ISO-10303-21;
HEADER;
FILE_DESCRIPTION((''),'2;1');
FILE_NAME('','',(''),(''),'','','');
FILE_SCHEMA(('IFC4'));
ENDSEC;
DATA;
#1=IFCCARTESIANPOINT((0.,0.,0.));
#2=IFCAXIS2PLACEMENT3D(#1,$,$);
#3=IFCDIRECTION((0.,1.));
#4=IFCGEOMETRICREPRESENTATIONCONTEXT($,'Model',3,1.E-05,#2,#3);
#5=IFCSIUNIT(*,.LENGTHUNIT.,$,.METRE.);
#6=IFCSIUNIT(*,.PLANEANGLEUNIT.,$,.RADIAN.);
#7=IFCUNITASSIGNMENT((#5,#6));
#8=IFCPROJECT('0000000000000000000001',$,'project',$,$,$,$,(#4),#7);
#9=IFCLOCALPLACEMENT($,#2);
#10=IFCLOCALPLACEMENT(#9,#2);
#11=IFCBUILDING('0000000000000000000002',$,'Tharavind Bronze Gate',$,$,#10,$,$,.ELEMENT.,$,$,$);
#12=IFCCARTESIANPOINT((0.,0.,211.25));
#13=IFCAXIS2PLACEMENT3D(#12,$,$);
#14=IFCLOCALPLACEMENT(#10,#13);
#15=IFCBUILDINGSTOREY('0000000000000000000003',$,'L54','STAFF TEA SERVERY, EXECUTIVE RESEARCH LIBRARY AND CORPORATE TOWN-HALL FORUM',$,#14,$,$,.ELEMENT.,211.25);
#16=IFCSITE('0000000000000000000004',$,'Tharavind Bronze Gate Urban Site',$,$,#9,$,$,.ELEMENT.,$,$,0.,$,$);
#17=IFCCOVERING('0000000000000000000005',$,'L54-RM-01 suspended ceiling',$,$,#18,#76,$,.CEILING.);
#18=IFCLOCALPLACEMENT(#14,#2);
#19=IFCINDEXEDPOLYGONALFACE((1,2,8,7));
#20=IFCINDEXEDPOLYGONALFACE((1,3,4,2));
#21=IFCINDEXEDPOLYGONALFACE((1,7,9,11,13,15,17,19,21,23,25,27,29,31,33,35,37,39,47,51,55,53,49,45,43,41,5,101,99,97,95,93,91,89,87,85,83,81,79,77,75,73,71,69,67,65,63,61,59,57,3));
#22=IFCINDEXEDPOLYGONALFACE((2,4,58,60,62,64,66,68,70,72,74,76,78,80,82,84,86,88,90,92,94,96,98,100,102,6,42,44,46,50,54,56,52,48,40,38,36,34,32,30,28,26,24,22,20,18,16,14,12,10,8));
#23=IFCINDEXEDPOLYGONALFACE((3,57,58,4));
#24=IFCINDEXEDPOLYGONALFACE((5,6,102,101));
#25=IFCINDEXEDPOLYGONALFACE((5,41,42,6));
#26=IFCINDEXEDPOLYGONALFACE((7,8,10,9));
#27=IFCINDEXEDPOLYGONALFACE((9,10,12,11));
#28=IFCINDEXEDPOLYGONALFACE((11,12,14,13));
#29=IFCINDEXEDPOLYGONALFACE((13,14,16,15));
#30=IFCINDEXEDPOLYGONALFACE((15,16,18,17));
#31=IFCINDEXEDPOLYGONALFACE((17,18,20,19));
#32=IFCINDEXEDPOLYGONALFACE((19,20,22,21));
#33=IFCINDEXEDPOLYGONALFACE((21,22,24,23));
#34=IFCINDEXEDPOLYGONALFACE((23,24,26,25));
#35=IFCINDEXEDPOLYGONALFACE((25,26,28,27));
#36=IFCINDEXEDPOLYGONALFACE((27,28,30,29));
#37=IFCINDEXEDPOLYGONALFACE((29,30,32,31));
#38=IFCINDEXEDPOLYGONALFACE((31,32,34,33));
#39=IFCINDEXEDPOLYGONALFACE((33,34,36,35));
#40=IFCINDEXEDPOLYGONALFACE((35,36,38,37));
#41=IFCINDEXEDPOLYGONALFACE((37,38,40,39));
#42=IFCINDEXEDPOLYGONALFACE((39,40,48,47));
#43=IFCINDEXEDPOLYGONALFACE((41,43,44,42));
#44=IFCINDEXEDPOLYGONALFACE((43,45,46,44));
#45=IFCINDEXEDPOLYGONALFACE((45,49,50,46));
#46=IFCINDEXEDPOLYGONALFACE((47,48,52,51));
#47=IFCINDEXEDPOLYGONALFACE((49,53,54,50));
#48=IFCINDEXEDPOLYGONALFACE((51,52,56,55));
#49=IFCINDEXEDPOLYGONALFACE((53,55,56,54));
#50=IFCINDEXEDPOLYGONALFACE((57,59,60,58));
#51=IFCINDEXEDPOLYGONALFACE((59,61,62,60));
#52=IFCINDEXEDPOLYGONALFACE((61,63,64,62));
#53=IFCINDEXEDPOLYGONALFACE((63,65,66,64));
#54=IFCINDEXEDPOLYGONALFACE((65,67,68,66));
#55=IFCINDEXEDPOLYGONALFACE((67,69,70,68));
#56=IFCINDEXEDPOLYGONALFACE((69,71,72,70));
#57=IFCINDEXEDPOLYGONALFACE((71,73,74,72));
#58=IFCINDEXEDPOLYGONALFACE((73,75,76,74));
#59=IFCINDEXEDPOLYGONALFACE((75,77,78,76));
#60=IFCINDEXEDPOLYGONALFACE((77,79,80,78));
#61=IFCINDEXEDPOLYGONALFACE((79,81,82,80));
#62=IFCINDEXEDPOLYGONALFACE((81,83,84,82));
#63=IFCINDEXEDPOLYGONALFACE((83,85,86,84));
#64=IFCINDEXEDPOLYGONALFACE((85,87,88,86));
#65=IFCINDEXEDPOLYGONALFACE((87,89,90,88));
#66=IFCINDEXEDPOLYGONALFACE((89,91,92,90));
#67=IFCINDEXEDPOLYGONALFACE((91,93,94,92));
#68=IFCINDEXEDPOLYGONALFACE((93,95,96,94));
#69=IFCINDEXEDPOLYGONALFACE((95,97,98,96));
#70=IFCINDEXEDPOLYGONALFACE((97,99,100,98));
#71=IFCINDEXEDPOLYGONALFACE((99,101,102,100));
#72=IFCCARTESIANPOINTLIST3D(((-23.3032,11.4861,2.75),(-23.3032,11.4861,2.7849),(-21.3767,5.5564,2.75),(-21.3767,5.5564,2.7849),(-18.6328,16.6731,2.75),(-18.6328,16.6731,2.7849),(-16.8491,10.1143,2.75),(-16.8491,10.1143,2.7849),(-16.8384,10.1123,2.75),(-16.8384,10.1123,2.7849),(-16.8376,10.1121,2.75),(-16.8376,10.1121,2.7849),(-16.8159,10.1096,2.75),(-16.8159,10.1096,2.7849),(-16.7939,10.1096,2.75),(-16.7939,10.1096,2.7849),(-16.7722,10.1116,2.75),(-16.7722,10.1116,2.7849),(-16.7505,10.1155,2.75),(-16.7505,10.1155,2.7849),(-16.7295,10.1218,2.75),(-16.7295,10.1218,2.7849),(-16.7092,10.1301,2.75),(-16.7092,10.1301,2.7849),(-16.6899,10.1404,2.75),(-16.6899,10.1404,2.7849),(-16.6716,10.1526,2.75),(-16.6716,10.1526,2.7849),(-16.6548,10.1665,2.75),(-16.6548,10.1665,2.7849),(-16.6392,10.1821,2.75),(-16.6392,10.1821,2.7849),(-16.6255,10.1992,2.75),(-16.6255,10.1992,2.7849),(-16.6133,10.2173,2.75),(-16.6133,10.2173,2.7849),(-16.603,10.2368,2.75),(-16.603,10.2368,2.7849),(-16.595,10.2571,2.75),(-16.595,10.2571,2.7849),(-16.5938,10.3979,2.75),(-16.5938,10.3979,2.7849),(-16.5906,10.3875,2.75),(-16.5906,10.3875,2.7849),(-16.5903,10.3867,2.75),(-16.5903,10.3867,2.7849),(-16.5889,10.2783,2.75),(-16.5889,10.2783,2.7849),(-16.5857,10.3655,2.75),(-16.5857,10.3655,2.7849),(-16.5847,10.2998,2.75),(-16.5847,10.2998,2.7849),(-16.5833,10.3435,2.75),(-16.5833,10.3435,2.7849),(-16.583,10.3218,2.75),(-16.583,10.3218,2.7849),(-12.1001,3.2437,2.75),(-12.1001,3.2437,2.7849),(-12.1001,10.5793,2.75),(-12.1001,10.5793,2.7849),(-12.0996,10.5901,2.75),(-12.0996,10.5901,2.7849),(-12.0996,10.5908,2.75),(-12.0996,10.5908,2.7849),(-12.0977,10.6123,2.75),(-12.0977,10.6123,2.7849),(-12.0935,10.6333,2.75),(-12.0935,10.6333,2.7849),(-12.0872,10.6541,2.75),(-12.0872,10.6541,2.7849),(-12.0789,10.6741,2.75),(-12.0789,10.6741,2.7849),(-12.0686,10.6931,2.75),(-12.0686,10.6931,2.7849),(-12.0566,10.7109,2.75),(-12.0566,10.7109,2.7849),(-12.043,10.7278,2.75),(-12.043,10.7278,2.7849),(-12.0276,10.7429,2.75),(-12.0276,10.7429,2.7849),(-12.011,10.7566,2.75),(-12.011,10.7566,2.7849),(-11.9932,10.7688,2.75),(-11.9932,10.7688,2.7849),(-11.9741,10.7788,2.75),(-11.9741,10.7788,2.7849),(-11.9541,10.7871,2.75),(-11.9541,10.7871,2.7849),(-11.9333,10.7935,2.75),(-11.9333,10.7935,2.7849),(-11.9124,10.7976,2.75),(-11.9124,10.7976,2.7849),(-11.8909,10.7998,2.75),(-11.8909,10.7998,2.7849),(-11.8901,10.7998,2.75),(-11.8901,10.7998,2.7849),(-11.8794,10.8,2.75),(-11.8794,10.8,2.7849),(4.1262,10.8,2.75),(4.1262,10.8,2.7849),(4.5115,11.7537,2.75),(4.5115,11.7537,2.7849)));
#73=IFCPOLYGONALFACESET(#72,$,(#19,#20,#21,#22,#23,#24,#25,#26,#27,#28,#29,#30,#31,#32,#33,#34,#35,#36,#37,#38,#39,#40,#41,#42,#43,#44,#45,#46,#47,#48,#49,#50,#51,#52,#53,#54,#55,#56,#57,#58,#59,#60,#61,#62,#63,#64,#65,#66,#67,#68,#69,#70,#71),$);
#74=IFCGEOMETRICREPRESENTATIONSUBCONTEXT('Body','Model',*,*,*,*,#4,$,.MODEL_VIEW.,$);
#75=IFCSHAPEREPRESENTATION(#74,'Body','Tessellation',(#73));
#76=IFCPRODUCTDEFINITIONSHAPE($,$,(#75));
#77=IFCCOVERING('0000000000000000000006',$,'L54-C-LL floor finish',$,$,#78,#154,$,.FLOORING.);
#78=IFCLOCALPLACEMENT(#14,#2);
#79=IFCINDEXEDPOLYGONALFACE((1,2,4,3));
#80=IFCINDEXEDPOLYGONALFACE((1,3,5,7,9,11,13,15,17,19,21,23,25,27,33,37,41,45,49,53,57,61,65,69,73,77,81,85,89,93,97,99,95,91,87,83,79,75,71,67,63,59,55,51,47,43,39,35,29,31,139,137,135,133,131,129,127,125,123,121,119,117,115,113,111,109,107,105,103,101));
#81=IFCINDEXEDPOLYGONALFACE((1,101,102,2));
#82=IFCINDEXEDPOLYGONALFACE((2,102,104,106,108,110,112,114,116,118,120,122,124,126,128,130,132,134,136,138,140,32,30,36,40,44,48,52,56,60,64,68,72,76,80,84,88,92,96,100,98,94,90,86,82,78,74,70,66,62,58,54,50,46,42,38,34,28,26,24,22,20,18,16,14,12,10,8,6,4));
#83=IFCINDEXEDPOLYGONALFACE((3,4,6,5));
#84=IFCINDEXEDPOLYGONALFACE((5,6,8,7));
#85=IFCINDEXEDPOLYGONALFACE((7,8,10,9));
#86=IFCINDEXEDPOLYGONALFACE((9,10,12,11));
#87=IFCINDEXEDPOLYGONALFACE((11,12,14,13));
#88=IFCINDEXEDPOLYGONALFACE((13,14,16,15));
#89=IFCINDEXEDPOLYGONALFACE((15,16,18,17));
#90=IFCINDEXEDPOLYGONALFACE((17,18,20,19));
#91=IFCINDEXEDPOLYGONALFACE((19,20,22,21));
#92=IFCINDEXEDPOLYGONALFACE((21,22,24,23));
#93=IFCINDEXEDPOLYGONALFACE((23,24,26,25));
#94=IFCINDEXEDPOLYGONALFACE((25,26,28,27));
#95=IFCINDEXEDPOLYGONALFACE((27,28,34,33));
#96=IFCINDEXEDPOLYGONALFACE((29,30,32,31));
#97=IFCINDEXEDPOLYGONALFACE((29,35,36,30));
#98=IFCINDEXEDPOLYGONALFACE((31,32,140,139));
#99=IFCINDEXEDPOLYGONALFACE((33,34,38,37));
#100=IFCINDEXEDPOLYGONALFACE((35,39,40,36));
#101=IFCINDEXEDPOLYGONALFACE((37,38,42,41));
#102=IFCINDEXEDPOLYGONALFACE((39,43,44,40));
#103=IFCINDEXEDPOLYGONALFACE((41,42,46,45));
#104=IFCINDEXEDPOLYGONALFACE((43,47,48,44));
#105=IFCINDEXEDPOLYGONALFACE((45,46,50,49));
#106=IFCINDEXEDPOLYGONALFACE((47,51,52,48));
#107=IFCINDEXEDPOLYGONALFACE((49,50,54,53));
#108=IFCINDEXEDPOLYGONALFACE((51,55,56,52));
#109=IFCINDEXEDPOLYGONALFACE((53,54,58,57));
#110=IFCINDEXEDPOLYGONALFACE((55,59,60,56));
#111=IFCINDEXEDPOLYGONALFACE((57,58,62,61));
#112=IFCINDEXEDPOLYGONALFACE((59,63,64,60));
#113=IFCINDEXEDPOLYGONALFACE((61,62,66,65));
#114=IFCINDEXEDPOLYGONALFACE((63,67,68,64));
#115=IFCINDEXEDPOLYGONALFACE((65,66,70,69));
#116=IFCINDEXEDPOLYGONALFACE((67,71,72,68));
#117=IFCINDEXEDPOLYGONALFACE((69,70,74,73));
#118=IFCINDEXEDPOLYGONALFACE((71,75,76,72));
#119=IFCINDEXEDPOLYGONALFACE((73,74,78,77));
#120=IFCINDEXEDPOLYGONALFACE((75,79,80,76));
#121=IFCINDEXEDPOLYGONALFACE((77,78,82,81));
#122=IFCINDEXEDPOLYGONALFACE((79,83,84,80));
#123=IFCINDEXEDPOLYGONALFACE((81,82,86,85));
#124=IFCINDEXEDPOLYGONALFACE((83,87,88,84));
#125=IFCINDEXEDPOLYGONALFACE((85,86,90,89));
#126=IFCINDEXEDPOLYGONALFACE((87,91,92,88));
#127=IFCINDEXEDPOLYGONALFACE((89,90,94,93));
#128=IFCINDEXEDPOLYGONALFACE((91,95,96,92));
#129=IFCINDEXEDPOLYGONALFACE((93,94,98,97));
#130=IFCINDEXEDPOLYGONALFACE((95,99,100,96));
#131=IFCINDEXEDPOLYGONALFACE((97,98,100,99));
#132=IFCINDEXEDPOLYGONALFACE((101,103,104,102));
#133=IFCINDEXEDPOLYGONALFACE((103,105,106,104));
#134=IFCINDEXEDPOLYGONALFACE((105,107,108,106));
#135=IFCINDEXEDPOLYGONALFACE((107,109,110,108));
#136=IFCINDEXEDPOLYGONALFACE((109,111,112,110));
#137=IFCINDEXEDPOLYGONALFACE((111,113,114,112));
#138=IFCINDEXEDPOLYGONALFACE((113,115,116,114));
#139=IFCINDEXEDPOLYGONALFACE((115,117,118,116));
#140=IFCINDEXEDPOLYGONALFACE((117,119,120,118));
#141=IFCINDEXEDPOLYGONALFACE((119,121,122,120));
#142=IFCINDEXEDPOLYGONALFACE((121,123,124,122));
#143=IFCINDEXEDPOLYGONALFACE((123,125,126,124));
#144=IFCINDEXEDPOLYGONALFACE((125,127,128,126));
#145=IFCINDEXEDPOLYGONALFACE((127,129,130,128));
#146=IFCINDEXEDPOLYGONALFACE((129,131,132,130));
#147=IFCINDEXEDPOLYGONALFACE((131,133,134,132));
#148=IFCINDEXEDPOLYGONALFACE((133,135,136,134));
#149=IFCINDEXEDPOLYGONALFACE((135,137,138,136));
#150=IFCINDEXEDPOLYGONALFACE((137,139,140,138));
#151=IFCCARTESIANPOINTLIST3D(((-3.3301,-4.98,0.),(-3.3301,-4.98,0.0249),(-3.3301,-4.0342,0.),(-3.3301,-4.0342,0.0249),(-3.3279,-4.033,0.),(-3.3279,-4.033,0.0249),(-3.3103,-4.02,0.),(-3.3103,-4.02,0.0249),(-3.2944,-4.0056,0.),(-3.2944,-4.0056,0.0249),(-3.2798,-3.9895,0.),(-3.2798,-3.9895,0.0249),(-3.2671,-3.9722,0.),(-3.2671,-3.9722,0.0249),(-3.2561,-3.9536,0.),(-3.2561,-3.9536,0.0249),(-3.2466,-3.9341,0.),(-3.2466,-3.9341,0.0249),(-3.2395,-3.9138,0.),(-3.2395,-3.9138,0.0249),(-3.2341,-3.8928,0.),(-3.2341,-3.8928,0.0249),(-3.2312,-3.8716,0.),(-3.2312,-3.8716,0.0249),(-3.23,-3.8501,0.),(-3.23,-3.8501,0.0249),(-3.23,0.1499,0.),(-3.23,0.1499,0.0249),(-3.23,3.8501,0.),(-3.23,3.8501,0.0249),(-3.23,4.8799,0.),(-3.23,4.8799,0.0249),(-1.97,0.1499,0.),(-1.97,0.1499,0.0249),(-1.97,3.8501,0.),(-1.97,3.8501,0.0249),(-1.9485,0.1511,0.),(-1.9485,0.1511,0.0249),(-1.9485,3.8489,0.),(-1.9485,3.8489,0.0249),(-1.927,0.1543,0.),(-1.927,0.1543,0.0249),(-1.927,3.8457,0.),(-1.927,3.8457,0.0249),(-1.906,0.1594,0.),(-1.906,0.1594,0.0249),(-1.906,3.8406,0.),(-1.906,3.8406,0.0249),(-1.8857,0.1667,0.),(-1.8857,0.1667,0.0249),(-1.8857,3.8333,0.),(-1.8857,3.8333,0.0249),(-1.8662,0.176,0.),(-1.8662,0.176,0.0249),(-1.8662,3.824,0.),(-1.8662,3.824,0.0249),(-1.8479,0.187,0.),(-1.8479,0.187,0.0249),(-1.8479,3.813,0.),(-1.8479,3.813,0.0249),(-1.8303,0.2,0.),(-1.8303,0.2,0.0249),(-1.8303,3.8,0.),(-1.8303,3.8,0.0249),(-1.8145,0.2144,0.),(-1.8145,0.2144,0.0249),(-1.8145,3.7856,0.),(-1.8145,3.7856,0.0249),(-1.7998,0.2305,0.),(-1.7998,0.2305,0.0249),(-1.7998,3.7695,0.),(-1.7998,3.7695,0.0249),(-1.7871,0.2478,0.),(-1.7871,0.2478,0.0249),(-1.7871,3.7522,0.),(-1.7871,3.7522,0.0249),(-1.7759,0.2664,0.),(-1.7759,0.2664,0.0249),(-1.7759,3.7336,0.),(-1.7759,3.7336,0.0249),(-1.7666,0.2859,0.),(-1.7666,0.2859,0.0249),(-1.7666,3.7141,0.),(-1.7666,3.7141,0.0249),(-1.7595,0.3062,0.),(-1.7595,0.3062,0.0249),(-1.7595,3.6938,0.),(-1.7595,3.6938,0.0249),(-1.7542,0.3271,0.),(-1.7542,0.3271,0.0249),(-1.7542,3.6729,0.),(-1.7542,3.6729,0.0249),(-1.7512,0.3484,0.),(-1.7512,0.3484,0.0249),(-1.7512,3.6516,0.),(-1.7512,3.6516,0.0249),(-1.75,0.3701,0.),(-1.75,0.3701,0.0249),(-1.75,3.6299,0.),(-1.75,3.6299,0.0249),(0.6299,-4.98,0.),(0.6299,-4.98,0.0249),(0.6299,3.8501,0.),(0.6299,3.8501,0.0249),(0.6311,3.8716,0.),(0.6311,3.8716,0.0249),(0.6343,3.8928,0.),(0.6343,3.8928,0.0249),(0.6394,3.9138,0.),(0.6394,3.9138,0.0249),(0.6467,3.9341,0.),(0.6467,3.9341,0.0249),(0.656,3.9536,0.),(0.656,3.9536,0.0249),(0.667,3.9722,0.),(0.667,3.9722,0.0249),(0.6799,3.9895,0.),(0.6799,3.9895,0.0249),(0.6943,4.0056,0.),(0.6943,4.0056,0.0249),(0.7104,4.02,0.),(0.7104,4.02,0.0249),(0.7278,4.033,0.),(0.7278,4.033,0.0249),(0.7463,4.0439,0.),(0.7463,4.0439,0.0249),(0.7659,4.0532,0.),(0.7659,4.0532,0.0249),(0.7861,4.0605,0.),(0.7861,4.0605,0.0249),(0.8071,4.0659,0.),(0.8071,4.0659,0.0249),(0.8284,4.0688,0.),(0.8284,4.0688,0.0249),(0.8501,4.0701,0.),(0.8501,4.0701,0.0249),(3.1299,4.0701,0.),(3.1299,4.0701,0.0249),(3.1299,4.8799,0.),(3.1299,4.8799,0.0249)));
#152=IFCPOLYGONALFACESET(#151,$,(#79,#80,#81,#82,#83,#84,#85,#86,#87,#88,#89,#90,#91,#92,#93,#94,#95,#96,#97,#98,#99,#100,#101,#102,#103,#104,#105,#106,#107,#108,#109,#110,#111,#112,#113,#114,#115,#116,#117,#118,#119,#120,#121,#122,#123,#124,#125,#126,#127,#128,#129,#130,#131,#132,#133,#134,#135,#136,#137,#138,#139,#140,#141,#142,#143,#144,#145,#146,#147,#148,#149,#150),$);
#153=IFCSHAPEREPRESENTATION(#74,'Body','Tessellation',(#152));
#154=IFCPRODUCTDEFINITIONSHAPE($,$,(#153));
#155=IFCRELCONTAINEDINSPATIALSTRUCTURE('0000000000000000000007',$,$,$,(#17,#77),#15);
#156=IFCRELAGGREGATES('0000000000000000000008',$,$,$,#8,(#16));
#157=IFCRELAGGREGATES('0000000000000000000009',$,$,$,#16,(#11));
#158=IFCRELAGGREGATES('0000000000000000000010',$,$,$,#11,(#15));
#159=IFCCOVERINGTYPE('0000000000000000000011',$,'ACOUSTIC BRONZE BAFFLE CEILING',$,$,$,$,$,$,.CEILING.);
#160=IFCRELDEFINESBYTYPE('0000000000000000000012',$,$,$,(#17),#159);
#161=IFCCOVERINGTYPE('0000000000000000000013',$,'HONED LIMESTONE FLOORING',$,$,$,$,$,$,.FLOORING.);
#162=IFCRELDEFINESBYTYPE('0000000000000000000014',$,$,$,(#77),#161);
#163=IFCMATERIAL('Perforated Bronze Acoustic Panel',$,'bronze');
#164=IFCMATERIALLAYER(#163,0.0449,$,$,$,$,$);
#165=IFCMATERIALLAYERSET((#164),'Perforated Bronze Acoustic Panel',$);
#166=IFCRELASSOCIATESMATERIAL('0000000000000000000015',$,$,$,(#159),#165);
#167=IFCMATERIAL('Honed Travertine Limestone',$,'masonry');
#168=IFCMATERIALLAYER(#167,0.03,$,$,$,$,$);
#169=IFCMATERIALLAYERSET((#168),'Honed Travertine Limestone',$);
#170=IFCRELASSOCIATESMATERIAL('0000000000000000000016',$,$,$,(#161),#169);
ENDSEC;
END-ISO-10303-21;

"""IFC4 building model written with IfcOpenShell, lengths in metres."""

from ifc_helpers import new_model, si_unit, direction, frame, origin, place, context, subcontext, project, spatial, polyline, outline, extrude, material, layer, layer_set, type_object, element, save


model = new_model("IFC4")

# Units and contexts
model_context = context("Model", 3, precision=1e-05, world=origin(), true_north=direction((0.0, 1.0)))
body_context = subcontext(model_context, "Body", "Model", "MODEL_VIEW")
ifc_project = project(units=[si_unit("LENGTHUNIT", "METRE"), si_unit("PLANEANGLEUNIT", "RADIAN")], contexts=[model_context])

# Site, building, storey
site_placement = place(None, origin())
site = spatial("IfcSite", under=ifc_project, at=site_placement, Name="Tharavind Bronze Gate Urban Site", CompositionType="ELEMENT", RefElevation=0.0)
building_placement = place(site_placement, origin())
building = spatial("IfcBuilding", under=site, at=building_placement, Name="Tharavind Bronze Gate", CompositionType="ELEMENT")
storey_placement = place(building_placement, frame((0.0, 0.0, 211.25)))
storey = spatial("IfcBuildingStorey", under=building, at=storey_placement, Name="L54", Description="STAFF TEA SERVERY, EXECUTIVE RESEARCH LIBRARY AND CORPORATE TOWN-HALL FORUM", CompositionType="ELEMENT", Elevation=211.25)

# Coverings
ifc_material_1 = material(Name="Perforated Bronze Acoustic Panel", Category="bronze")
ifc_layer_1 = layer(ifc_material_1, 0.0449)
ifc_layer_set_1 = layer_set([ifc_layer_1], Name="Perforated Bronze Acoustic Panel")
covering_type_1 = type_object("IfcCoveringType", Name="ACOUSTIC BRONZE BAFFLE CEILING", PredefinedType="CEILING", material=ifc_layer_set_1)
covering_1_placement = place(storey_placement, frame((0.0, 0.0, 2.75)))
element("IfcCovering", 1, at=covering_1_placement, inside=storey, type_object=covering_type_1, Name="L54-RM-01 suspended ceiling", PredefinedType="CEILING", context=body_context, shape_type="SweptSolid", body=[
    extrude(outline(polyline([(-21.3767, 5.5564), (-12.1001, 3.2437), (-12.1001, 10.5793), (-12.0996, 10.5901), (-12.0996, 10.5908), (-12.0977, 10.6123), (-12.0935, 10.6333), (-12.0872, 10.6541), (-12.0789, 10.6741), (-12.0686, 10.6931), (-12.0566, 10.7109), (-12.043, 10.7278), (-12.0276, 10.7429), (-12.011, 10.7566), (-11.9932, 10.7688), (-11.9741, 10.7788), (-11.9541, 10.7871), (-11.9333, 10.7935), (-11.9124, 10.7976), (-11.8909, 10.7998), (-11.8901, 10.7998), (-11.8794, 10.8), (4.1262, 10.8), (4.5115, 11.7537), (-18.6328, 16.6731), (-16.5938, 10.3979), (-16.5906, 10.3875), (-16.5903, 10.3867), (-16.5857, 10.3655), (-16.5833, 10.3435), (-16.583, 10.3218), (-16.5847, 10.2998), (-16.5889, 10.2783), (-16.595, 10.2571), (-16.603, 10.2368), (-16.6133, 10.2173), (-16.6255, 10.1992), (-16.6392, 10.1821), (-16.6548, 10.1665), (-16.6716, 10.1526), (-16.6899, 10.1404), (-16.7092, 10.1301), (-16.7295, 10.1218), (-16.7505, 10.1155), (-16.7722, 10.1116), (-16.7939, 10.1096), (-16.8159, 10.1096), (-16.8376, 10.1121), (-16.8384, 10.1123), (-16.8491, 10.1143), (-23.3032, 11.4861), (-21.3767, 5.5564)])), origin(), (0.0, 0.0, 1.0), 0.0349),
])
ifc_material_2 = material(Name="Honed Travertine Limestone", Category="masonry")
ifc_layer_2 = layer(ifc_material_2, 0.03)
ifc_layer_set_2 = layer_set([ifc_layer_2], Name="Honed Travertine Limestone")
covering_type_2 = type_object("IfcCoveringType", Name="HONED LIMESTONE FLOORING", PredefinedType="FLOORING", material=ifc_layer_set_2)
covering_2_placement = place(storey_placement, origin())
element("IfcCovering", 2, at=covering_2_placement, inside=storey, type_object=covering_type_2, Name="L54-C-LL floor finish", PredefinedType="FLOORING", context=body_context, shape_type="SweptSolid", body=[
    extrude(outline(polyline([(-3.3301, -4.98), (0.6299, -4.98), (0.6299, 3.8501), (0.6311, 3.8716), (0.6343, 3.8928), (0.6394, 3.9138), (0.6467, 3.9341), (0.656, 3.9536), (0.667, 3.9722), (0.6799, 3.9895), (0.6943, 4.0056), (0.7104, 4.02), (0.7278, 4.033), (0.7463, 4.0439), (0.7659, 4.0532), (0.7861, 4.0605), (0.8071, 4.0659), (0.8284, 4.0688), (0.8501, 4.0701), (3.1299, 4.0701), (3.1299, 4.8799), (-3.23, 4.8799), (-3.23, 3.8501), (-1.97, 3.8501), (-1.9485, 3.8489), (-1.927, 3.8457), (-1.906, 3.8406), (-1.8857, 3.8333), (-1.8662, 3.824), (-1.8479, 3.813), (-1.8303, 3.8), (-1.8145, 3.7856), (-1.7998, 3.7695), (-1.7871, 3.7522), (-1.7759, 3.7336), (-1.7666, 3.7141), (-1.7595, 3.6938), (-1.7542, 3.6729), (-1.7512, 3.6516), (-1.75, 3.6299), (-1.75, 0.3701), (-1.7512, 0.3484), (-1.7542, 0.3271), (-1.7595, 0.3062), (-1.7666, 0.2859), (-1.7759, 0.2664), (-1.7871, 0.2478), (-1.7998, 0.2305), (-1.8145, 0.2144), (-1.8303, 0.2), (-1.8479, 0.187), (-1.8662, 0.176), (-1.8857, 0.1667), (-1.906, 0.1594), (-1.927, 0.1543), (-1.9485, 0.1511), (-1.97, 0.1499), (-3.23, 0.1499), (-3.23, -3.8501), (-3.2312, -3.8716), (-3.2341, -3.8928), (-3.2395, -3.9138), (-3.2466, -3.9341), (-3.2561, -3.9536), (-3.2671, -3.9722), (-3.2798, -3.9895), (-3.2944, -4.0056), (-3.3103, -4.02), (-3.3279, -4.033), (-3.3301, -4.0342), (-3.3301, -4.98)])), origin(), (0.0, 0.0, 1.0), 0.0249),
])

save(model, "model.ifc")
